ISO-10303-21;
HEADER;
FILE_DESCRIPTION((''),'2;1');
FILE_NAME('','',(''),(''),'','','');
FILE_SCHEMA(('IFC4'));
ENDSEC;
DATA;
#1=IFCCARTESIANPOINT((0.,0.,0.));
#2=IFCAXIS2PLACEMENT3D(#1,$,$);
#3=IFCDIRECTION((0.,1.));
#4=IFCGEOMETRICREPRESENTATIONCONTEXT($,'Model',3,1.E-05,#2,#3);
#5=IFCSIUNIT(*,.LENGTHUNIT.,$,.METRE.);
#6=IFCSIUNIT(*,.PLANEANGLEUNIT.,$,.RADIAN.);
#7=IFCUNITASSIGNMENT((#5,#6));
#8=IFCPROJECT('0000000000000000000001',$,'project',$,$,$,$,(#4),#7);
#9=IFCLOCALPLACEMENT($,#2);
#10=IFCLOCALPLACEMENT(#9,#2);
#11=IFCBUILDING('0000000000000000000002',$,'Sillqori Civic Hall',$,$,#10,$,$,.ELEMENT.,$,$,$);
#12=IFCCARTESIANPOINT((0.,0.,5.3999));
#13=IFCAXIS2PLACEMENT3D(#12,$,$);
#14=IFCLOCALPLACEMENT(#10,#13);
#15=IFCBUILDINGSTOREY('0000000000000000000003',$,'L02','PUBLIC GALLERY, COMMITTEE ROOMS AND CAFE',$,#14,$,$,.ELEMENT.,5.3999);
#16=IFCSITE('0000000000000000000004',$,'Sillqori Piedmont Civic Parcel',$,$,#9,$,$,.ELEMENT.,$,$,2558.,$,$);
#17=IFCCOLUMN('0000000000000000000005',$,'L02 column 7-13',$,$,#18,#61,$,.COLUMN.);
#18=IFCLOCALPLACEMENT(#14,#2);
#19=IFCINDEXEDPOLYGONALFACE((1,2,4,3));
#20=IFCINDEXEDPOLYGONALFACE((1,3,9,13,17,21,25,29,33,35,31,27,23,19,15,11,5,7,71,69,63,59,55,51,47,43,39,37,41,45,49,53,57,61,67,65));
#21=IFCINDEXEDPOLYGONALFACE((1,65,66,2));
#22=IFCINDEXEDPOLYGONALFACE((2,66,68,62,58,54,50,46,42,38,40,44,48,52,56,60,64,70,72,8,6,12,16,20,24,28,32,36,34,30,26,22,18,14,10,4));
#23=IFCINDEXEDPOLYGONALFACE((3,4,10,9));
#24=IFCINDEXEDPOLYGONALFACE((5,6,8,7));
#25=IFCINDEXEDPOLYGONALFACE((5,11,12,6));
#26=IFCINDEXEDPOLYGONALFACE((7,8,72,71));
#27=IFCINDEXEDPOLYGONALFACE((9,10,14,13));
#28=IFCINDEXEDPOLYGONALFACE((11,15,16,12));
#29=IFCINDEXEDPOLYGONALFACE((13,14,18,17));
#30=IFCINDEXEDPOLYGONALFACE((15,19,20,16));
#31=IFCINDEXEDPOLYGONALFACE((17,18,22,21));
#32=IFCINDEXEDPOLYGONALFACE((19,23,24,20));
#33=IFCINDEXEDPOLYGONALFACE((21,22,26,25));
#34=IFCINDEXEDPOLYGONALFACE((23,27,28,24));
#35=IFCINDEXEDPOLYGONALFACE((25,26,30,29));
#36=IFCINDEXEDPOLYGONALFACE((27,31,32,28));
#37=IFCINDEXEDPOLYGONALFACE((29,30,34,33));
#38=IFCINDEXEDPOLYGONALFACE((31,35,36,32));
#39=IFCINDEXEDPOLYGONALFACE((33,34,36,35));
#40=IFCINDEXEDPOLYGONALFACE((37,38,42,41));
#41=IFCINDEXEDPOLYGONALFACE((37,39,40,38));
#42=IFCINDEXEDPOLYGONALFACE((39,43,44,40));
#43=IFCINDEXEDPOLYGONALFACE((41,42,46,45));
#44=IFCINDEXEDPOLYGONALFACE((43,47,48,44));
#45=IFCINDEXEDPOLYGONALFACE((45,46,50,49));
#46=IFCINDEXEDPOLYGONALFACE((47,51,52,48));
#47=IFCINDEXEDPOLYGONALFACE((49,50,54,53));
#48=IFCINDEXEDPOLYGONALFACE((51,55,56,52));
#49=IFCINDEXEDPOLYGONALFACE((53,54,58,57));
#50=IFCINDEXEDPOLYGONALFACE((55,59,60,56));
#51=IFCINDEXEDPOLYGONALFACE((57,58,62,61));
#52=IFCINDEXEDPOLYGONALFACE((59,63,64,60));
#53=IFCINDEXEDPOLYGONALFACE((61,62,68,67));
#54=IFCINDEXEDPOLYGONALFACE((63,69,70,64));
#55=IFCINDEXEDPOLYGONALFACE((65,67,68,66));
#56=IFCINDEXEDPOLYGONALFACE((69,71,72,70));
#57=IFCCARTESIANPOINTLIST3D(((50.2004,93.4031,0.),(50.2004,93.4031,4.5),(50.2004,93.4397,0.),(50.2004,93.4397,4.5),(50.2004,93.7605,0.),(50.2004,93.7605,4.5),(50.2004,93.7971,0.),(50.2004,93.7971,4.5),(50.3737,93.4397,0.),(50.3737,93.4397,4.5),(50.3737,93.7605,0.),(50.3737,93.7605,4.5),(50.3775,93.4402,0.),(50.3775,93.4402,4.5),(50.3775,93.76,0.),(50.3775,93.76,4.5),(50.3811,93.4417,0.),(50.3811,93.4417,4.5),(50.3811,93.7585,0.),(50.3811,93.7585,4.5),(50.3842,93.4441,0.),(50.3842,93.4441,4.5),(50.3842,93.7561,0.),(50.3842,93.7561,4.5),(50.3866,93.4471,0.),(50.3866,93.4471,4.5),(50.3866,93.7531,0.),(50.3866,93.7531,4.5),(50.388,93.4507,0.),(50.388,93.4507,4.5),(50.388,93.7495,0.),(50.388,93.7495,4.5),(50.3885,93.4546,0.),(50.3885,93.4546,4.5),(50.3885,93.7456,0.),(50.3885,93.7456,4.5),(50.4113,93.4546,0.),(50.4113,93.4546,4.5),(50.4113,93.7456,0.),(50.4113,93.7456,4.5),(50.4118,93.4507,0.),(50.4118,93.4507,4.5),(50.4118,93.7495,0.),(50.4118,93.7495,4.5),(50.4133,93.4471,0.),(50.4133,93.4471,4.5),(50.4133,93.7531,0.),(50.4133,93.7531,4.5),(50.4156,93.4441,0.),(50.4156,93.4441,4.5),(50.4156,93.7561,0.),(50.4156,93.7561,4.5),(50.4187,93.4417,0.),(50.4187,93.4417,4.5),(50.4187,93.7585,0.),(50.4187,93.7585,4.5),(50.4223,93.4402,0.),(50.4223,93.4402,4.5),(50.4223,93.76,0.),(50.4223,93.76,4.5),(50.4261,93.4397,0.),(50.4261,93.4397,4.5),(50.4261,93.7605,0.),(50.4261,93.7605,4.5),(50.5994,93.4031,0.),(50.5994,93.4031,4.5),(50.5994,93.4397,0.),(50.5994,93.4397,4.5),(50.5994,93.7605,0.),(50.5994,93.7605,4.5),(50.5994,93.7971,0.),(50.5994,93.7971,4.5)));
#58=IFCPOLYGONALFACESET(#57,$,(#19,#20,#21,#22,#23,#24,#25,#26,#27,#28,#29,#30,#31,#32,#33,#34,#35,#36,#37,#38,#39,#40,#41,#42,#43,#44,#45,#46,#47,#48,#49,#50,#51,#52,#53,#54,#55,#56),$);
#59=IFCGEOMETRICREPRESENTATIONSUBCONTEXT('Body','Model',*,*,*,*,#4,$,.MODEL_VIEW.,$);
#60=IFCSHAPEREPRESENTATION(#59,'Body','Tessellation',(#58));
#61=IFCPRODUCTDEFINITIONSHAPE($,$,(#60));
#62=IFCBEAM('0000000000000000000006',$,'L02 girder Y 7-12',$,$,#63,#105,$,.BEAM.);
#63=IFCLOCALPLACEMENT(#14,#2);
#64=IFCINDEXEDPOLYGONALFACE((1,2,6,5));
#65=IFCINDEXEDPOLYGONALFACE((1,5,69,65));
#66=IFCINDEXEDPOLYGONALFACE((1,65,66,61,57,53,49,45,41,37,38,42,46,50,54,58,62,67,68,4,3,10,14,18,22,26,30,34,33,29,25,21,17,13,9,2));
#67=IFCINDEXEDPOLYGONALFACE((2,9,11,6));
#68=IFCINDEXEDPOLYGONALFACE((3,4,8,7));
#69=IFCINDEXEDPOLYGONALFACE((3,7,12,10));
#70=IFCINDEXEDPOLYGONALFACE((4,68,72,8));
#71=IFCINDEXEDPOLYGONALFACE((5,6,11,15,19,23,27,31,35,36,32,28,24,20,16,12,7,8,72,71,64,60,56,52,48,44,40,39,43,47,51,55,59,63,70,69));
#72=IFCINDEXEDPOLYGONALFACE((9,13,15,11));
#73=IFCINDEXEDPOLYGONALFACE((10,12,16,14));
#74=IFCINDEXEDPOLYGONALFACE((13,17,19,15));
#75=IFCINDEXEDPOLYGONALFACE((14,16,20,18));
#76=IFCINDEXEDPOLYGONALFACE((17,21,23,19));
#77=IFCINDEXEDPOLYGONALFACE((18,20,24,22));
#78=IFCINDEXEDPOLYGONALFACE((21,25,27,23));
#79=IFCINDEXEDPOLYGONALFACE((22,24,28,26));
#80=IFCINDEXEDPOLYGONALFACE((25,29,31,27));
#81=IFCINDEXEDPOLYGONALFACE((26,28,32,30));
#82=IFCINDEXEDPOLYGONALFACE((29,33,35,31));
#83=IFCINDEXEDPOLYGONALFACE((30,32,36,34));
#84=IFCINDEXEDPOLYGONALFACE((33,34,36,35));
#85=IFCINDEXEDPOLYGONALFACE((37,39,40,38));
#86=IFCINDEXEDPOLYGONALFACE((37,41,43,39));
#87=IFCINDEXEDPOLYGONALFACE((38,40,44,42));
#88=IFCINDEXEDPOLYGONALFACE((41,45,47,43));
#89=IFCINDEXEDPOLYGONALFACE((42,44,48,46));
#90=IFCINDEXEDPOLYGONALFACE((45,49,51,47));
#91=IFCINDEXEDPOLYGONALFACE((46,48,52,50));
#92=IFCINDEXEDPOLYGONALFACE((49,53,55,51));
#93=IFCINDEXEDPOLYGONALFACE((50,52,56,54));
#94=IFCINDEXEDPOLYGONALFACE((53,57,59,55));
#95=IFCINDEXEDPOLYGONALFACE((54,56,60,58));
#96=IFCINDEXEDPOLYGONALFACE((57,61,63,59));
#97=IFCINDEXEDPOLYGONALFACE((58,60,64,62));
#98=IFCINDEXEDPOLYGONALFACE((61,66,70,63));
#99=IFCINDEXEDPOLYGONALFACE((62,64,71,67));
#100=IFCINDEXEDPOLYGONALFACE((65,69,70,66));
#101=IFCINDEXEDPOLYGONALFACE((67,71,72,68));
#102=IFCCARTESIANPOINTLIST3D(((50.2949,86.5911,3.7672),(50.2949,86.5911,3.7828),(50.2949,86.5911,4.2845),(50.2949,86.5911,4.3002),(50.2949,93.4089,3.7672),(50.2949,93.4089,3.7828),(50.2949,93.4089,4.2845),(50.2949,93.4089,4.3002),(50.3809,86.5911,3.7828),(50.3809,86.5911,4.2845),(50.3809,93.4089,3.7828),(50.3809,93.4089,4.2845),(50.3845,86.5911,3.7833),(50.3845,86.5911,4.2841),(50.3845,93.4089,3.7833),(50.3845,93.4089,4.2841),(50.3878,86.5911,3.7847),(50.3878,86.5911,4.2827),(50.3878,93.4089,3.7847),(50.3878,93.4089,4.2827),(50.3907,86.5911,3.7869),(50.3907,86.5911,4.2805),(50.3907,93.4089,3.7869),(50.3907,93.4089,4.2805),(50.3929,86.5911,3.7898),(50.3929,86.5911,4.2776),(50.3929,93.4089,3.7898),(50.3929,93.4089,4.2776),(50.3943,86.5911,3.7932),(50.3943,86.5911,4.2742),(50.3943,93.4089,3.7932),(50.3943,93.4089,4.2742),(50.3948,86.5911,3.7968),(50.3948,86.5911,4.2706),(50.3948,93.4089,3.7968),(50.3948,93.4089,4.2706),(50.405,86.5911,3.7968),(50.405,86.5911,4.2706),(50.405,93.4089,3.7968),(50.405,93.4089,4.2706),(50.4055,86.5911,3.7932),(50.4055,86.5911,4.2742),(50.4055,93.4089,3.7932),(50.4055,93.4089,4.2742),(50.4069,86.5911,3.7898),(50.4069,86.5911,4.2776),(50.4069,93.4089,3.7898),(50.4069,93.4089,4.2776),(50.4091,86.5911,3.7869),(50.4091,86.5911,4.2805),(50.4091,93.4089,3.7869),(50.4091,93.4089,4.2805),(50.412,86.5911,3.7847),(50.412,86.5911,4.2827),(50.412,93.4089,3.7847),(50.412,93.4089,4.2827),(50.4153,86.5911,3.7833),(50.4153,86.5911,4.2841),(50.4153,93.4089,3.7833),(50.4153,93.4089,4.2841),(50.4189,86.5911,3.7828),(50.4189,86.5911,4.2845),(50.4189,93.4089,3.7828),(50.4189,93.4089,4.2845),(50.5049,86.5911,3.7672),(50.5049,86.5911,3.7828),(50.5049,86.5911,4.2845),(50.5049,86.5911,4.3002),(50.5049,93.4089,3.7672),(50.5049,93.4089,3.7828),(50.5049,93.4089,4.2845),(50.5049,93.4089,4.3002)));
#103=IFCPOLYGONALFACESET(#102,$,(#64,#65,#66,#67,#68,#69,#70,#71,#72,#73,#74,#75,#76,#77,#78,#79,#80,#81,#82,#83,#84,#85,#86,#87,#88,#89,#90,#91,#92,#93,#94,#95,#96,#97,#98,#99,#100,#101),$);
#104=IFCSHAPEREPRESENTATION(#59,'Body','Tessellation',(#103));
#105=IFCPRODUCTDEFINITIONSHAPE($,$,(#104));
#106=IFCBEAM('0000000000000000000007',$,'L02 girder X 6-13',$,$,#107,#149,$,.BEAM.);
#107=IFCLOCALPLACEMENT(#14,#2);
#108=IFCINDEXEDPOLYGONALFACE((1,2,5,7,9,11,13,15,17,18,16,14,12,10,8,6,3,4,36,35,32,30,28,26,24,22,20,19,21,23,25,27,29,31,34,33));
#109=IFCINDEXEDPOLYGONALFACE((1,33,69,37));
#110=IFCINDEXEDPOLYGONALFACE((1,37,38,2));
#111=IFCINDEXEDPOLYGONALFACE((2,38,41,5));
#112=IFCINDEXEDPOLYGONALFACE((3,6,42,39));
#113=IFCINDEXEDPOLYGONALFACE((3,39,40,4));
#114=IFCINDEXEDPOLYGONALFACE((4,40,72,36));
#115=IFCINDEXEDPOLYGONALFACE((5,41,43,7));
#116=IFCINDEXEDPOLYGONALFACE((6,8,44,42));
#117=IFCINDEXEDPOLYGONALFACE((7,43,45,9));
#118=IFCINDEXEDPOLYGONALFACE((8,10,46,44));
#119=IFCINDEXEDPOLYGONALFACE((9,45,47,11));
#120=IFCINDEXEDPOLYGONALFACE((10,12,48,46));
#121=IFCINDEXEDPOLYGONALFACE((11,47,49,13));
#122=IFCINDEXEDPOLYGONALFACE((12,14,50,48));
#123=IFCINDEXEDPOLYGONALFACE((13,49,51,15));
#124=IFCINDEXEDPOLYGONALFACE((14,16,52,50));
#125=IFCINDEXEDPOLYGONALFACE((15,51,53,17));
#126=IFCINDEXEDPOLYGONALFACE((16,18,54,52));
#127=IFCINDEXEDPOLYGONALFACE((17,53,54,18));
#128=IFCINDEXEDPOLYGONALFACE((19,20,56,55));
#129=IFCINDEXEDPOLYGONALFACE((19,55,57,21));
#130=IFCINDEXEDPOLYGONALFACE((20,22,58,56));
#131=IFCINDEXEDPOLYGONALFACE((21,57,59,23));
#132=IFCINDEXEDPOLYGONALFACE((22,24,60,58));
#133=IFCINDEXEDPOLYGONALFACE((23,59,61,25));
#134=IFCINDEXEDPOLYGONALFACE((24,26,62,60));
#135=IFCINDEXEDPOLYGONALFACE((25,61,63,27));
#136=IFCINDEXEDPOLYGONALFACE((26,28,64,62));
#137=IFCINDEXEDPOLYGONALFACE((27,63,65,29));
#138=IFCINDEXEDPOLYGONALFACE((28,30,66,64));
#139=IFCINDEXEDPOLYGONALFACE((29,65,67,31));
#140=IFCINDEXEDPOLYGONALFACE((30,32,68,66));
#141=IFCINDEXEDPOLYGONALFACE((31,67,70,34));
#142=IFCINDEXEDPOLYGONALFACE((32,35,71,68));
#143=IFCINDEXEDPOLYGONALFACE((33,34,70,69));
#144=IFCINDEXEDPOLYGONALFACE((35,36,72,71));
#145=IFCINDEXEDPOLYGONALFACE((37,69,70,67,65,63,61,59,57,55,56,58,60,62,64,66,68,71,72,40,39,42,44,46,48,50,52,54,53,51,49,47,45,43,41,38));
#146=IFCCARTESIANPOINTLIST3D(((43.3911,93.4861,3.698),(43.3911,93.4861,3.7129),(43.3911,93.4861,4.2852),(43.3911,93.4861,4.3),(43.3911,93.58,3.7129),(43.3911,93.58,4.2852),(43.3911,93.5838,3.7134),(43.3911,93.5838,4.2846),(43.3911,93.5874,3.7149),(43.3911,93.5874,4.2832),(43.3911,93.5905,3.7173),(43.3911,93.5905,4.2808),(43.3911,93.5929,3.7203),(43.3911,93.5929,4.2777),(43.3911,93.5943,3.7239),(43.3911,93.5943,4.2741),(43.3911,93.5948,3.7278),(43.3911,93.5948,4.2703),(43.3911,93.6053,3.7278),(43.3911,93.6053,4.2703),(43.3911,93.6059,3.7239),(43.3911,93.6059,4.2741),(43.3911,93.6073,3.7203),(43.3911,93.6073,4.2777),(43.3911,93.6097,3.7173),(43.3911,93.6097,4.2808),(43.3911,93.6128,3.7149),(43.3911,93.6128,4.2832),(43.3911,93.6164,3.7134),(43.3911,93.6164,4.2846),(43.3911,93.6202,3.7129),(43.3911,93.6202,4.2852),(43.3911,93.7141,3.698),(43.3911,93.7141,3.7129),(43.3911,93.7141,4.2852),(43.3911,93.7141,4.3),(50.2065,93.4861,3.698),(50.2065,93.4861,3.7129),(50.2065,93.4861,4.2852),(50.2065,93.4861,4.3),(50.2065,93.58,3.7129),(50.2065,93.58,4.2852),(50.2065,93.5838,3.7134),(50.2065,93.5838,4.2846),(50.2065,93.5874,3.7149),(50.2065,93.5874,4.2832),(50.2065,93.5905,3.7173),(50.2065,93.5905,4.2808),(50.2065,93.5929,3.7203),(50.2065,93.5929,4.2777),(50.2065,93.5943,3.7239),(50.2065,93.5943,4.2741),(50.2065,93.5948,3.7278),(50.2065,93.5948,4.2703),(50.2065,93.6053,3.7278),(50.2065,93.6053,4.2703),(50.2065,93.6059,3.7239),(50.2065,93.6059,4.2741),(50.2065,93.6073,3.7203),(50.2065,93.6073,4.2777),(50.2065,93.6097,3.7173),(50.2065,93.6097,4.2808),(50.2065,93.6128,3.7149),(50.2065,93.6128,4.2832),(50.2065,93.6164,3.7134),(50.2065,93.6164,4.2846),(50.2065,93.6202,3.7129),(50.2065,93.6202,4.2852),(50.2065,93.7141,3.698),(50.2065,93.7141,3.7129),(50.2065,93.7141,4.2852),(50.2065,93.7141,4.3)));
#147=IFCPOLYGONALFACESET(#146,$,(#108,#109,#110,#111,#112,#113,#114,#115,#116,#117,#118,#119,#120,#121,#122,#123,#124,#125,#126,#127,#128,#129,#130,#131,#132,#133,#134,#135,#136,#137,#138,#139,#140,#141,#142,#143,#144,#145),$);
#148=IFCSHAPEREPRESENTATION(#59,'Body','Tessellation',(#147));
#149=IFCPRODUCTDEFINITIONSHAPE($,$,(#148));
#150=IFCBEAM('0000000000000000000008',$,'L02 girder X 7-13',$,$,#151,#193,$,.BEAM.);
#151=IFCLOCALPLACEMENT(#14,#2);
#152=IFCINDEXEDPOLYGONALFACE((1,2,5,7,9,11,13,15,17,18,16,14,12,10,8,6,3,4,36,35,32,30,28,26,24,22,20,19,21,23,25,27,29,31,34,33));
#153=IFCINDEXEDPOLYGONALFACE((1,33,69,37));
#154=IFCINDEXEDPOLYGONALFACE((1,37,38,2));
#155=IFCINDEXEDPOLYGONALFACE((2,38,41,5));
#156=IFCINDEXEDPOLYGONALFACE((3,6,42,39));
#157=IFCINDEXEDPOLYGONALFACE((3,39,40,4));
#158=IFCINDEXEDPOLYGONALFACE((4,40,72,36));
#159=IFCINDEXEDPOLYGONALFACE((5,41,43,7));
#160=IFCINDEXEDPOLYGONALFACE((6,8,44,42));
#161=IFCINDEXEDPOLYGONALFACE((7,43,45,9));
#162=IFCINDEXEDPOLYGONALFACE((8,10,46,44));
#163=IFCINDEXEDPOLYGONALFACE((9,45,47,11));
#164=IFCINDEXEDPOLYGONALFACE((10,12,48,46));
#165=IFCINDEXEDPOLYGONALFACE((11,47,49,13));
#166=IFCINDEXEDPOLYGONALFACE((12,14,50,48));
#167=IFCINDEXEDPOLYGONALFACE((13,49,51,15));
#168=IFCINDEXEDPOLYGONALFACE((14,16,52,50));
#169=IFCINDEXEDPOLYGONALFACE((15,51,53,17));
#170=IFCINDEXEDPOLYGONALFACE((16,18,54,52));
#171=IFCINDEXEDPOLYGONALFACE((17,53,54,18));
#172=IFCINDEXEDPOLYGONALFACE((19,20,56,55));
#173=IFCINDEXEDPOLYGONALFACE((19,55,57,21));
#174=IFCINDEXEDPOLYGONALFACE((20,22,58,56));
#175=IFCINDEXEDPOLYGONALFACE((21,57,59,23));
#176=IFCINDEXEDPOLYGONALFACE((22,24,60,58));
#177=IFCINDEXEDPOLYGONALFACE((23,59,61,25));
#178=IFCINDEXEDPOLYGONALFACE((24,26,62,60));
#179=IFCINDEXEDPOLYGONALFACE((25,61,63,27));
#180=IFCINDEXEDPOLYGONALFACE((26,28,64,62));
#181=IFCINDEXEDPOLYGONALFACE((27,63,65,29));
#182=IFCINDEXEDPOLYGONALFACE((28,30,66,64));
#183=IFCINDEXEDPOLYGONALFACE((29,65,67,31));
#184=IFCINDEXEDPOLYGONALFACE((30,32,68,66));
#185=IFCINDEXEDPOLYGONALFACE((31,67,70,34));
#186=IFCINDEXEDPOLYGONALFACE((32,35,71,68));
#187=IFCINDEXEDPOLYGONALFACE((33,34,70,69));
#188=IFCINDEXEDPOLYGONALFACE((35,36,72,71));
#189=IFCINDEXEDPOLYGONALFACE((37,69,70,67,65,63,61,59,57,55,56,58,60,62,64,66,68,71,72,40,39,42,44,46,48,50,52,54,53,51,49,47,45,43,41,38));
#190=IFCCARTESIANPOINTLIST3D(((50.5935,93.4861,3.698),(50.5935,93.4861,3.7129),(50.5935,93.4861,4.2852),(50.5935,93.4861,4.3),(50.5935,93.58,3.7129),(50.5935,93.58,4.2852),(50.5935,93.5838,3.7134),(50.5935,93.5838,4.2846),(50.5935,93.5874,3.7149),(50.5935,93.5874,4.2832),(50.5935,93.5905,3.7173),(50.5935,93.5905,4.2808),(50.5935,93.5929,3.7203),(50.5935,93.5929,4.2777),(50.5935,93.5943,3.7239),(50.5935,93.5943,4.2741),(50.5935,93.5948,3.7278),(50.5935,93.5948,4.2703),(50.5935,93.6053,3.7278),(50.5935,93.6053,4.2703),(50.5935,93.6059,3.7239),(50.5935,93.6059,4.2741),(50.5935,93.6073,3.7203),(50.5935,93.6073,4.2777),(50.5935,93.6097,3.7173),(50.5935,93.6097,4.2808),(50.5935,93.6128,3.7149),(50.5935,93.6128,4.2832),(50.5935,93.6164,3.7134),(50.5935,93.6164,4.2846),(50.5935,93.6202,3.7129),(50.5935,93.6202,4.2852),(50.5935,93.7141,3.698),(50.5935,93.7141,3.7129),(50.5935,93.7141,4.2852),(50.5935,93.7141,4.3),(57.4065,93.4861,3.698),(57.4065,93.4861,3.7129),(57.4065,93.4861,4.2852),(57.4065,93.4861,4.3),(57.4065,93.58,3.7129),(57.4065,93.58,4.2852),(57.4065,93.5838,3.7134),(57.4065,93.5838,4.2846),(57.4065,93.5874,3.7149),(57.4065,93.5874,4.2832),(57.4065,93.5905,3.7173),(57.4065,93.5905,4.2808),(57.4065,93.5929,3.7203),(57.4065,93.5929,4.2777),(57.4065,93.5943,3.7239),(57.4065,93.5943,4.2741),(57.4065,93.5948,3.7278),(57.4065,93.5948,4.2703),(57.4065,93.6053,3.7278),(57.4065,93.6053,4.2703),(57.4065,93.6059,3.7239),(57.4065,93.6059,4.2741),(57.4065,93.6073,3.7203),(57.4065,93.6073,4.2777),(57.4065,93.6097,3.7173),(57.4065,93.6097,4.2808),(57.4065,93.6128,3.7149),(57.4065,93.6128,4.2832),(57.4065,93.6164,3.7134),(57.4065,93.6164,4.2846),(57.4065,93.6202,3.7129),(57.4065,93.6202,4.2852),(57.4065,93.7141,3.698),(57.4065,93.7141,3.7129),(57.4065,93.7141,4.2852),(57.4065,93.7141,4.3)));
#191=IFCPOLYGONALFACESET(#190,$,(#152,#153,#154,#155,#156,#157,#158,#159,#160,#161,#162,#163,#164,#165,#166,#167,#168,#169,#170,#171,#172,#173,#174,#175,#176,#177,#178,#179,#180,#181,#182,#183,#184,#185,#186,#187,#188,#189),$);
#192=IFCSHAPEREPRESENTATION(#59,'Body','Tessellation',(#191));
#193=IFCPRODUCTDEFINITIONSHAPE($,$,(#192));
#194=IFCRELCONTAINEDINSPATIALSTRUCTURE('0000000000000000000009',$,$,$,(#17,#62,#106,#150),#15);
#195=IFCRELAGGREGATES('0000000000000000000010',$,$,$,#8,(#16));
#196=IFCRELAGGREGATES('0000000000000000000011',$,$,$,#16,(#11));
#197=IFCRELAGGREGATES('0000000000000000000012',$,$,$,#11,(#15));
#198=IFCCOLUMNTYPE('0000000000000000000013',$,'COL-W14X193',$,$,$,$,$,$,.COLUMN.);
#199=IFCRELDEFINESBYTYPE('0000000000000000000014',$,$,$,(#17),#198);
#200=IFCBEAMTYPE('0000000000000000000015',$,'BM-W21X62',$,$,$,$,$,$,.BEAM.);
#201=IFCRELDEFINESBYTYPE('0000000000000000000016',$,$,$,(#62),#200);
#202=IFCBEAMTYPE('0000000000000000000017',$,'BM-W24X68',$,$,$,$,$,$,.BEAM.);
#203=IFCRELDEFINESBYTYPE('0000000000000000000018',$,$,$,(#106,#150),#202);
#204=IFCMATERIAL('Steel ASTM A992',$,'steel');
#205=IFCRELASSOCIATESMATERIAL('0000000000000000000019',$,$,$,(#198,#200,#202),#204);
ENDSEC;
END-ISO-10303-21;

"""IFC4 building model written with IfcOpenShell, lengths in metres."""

from ifc_helpers import new_model, si_unit, direction, frame, origin, origin_2d, place, context, subcontext, project, spatial, i_section, extrude, material, material_profile, profile_set, type_object, element, save


model = new_model("IFC4")

# Units and contexts
model_context = context("Model", 3, precision=1e-05, world=origin(), true_north=direction((0.0, 1.0)))
body_context = subcontext(model_context, "Body", "Model", "MODEL_VIEW")
ifc_project = project(units=[si_unit("LENGTHUNIT", "METRE"), si_unit("PLANEANGLEUNIT", "RADIAN")], contexts=[model_context])

# Site, building, storey
site_placement = place(None, origin())
site = spatial("IfcSite", under=ifc_project, at=site_placement, Name="Sillqori Piedmont Civic Parcel", CompositionType="ELEMENT", RefElevation=2558.0)
building_placement = place(site_placement, origin())
building = spatial("IfcBuilding", under=site, at=building_placement, Name="Sillqori Civic Hall", CompositionType="ELEMENT")
storey_placement = place(building_placement, frame((0.0, 0.0, 5.3999)))
storey = spatial("IfcBuildingStorey", under=building, at=storey_placement, Name="L02", Description="PUBLIC GALLERY, COMMITTEE ROOMS AND CAFE", CompositionType="ELEMENT", Elevation=5.3999)

# Column
ifc_material_1 = material(Name="Steel ASTM A992", Category="steel")
ifc_material_profile_1 = material_profile(ifc_material_1, i_section(OverallWidth=0.3989, OverallDepth=0.394, WebThickness=0.0227, FlangeThickness=0.0366, FilletRadius=0.0149, at=origin_2d()), Name="W14X193")
ifc_profile_set_1 = profile_set([ifc_material_profile_1], Name="Steel ASTM A992")
column_type = type_object("IfcColumnType", Name="COL-W14X193", PredefinedType="COLUMN", material=ifc_profile_set_1)
column_placement = place(storey_placement, frame((50.3999, 93.6001, 0.0), z_axis=(0.0, 0.0, 1.0), x_axis=(1.0, 0.0, 0.0)))
element("IfcColumn", 1, at=column_placement, inside=storey, type_object=column_type, Name="L02 column 7-13", PredefinedType="COLUMN", context=body_context, shape_type="SweptSolid", body=[
    extrude(i_section(OverallWidth=0.3989, OverallDepth=0.394, WebThickness=0.0227, FlangeThickness=0.0366, FilletRadius=0.0149, at=origin_2d()), origin(), (0.0, 0.0, 1.0), 4.5),
])

# Beams
ifc_material_profile_2 = material_profile(ifc_material_1, i_section(OverallWidth=0.21, OverallDepth=0.533, WebThickness=0.0103, FlangeThickness=0.0156, FilletRadius=0.0139, at=origin_2d()), Name="W21X62")
ifc_profile_set_2 = profile_set([ifc_material_profile_2], Name="Steel ASTM A992")
beam_type_1 = type_object("IfcBeamType", Name="BM-W21X62", PredefinedType="BEAM", material=ifc_profile_set_2)
beam_1_placement = place(storey_placement, frame((50.3999, 86.5911, 4.0337), z_axis=(0.0, 1.0, 0.0), x_axis=(-1.0, 0.0, 0.0)))
element("IfcBeam", 2, at=beam_1_placement, inside=storey, type_object=beam_type_1, Name="L02 girder Y 7-12", PredefinedType="BEAM", context=body_context, shape_type="SweptSolid", body=[
    extrude(i_section(OverallWidth=0.21, OverallDepth=0.533, WebThickness=0.0103, FlangeThickness=0.0156, FilletRadius=0.0139, at=origin_2d()), origin(), (0.0, 0.0, 1.0), 6.8179),
])
ifc_material_profile_3 = material_profile(ifc_material_1, i_section(OverallWidth=0.228, OverallDepth=0.6021, WebThickness=0.0105, FlangeThickness=0.0149, FilletRadius=0.0149, at=origin_2d()), Name="W24X68")
ifc_profile_set_3 = profile_set([ifc_material_profile_3], Name="Steel ASTM A992")
beam_type_2 = type_object("IfcBeamType", Name="BM-W24X68", PredefinedType="BEAM", material=ifc_profile_set_3)
beam_2_placement = place(storey_placement, frame((43.3911, 93.6001, 3.999), z_axis=(1.0, 0.0, 0.0), x_axis=(0.0, 1.0, 0.0)))
element("IfcBeam", 3, at=beam_2_placement, inside=storey, type_object=beam_type_2, Name="L02 girder X 6-13", PredefinedType="BEAM", context=body_context, shape_type="SweptSolid", body=[
    extrude(i_section(OverallWidth=0.228, OverallDepth=0.6021, WebThickness=0.0105, FlangeThickness=0.0149, FilletRadius=0.0149, at=origin_2d()), origin(), (0.0, 0.0, 1.0), 6.8154),
])
beam_3_placement = place(storey_placement, frame((50.5935, 93.6001, 3.999), z_axis=(1.0, 0.0, 0.0), x_axis=(0.0, 1.0, 0.0)))
element("IfcBeam", 4, at=beam_3_placement, inside=storey, type_object=beam_type_2, Name="L02 girder X 7-13", PredefinedType="BEAM", context=body_context, shape_type="SweptSolid", body=[
    extrude(i_section(OverallWidth=0.228, OverallDepth=0.6021, WebThickness=0.0105, FlangeThickness=0.0149, FilletRadius=0.0149, at=origin_2d()), origin(), (0.0, 0.0, 1.0), 6.813),
])

save(model, "model.ifc")
